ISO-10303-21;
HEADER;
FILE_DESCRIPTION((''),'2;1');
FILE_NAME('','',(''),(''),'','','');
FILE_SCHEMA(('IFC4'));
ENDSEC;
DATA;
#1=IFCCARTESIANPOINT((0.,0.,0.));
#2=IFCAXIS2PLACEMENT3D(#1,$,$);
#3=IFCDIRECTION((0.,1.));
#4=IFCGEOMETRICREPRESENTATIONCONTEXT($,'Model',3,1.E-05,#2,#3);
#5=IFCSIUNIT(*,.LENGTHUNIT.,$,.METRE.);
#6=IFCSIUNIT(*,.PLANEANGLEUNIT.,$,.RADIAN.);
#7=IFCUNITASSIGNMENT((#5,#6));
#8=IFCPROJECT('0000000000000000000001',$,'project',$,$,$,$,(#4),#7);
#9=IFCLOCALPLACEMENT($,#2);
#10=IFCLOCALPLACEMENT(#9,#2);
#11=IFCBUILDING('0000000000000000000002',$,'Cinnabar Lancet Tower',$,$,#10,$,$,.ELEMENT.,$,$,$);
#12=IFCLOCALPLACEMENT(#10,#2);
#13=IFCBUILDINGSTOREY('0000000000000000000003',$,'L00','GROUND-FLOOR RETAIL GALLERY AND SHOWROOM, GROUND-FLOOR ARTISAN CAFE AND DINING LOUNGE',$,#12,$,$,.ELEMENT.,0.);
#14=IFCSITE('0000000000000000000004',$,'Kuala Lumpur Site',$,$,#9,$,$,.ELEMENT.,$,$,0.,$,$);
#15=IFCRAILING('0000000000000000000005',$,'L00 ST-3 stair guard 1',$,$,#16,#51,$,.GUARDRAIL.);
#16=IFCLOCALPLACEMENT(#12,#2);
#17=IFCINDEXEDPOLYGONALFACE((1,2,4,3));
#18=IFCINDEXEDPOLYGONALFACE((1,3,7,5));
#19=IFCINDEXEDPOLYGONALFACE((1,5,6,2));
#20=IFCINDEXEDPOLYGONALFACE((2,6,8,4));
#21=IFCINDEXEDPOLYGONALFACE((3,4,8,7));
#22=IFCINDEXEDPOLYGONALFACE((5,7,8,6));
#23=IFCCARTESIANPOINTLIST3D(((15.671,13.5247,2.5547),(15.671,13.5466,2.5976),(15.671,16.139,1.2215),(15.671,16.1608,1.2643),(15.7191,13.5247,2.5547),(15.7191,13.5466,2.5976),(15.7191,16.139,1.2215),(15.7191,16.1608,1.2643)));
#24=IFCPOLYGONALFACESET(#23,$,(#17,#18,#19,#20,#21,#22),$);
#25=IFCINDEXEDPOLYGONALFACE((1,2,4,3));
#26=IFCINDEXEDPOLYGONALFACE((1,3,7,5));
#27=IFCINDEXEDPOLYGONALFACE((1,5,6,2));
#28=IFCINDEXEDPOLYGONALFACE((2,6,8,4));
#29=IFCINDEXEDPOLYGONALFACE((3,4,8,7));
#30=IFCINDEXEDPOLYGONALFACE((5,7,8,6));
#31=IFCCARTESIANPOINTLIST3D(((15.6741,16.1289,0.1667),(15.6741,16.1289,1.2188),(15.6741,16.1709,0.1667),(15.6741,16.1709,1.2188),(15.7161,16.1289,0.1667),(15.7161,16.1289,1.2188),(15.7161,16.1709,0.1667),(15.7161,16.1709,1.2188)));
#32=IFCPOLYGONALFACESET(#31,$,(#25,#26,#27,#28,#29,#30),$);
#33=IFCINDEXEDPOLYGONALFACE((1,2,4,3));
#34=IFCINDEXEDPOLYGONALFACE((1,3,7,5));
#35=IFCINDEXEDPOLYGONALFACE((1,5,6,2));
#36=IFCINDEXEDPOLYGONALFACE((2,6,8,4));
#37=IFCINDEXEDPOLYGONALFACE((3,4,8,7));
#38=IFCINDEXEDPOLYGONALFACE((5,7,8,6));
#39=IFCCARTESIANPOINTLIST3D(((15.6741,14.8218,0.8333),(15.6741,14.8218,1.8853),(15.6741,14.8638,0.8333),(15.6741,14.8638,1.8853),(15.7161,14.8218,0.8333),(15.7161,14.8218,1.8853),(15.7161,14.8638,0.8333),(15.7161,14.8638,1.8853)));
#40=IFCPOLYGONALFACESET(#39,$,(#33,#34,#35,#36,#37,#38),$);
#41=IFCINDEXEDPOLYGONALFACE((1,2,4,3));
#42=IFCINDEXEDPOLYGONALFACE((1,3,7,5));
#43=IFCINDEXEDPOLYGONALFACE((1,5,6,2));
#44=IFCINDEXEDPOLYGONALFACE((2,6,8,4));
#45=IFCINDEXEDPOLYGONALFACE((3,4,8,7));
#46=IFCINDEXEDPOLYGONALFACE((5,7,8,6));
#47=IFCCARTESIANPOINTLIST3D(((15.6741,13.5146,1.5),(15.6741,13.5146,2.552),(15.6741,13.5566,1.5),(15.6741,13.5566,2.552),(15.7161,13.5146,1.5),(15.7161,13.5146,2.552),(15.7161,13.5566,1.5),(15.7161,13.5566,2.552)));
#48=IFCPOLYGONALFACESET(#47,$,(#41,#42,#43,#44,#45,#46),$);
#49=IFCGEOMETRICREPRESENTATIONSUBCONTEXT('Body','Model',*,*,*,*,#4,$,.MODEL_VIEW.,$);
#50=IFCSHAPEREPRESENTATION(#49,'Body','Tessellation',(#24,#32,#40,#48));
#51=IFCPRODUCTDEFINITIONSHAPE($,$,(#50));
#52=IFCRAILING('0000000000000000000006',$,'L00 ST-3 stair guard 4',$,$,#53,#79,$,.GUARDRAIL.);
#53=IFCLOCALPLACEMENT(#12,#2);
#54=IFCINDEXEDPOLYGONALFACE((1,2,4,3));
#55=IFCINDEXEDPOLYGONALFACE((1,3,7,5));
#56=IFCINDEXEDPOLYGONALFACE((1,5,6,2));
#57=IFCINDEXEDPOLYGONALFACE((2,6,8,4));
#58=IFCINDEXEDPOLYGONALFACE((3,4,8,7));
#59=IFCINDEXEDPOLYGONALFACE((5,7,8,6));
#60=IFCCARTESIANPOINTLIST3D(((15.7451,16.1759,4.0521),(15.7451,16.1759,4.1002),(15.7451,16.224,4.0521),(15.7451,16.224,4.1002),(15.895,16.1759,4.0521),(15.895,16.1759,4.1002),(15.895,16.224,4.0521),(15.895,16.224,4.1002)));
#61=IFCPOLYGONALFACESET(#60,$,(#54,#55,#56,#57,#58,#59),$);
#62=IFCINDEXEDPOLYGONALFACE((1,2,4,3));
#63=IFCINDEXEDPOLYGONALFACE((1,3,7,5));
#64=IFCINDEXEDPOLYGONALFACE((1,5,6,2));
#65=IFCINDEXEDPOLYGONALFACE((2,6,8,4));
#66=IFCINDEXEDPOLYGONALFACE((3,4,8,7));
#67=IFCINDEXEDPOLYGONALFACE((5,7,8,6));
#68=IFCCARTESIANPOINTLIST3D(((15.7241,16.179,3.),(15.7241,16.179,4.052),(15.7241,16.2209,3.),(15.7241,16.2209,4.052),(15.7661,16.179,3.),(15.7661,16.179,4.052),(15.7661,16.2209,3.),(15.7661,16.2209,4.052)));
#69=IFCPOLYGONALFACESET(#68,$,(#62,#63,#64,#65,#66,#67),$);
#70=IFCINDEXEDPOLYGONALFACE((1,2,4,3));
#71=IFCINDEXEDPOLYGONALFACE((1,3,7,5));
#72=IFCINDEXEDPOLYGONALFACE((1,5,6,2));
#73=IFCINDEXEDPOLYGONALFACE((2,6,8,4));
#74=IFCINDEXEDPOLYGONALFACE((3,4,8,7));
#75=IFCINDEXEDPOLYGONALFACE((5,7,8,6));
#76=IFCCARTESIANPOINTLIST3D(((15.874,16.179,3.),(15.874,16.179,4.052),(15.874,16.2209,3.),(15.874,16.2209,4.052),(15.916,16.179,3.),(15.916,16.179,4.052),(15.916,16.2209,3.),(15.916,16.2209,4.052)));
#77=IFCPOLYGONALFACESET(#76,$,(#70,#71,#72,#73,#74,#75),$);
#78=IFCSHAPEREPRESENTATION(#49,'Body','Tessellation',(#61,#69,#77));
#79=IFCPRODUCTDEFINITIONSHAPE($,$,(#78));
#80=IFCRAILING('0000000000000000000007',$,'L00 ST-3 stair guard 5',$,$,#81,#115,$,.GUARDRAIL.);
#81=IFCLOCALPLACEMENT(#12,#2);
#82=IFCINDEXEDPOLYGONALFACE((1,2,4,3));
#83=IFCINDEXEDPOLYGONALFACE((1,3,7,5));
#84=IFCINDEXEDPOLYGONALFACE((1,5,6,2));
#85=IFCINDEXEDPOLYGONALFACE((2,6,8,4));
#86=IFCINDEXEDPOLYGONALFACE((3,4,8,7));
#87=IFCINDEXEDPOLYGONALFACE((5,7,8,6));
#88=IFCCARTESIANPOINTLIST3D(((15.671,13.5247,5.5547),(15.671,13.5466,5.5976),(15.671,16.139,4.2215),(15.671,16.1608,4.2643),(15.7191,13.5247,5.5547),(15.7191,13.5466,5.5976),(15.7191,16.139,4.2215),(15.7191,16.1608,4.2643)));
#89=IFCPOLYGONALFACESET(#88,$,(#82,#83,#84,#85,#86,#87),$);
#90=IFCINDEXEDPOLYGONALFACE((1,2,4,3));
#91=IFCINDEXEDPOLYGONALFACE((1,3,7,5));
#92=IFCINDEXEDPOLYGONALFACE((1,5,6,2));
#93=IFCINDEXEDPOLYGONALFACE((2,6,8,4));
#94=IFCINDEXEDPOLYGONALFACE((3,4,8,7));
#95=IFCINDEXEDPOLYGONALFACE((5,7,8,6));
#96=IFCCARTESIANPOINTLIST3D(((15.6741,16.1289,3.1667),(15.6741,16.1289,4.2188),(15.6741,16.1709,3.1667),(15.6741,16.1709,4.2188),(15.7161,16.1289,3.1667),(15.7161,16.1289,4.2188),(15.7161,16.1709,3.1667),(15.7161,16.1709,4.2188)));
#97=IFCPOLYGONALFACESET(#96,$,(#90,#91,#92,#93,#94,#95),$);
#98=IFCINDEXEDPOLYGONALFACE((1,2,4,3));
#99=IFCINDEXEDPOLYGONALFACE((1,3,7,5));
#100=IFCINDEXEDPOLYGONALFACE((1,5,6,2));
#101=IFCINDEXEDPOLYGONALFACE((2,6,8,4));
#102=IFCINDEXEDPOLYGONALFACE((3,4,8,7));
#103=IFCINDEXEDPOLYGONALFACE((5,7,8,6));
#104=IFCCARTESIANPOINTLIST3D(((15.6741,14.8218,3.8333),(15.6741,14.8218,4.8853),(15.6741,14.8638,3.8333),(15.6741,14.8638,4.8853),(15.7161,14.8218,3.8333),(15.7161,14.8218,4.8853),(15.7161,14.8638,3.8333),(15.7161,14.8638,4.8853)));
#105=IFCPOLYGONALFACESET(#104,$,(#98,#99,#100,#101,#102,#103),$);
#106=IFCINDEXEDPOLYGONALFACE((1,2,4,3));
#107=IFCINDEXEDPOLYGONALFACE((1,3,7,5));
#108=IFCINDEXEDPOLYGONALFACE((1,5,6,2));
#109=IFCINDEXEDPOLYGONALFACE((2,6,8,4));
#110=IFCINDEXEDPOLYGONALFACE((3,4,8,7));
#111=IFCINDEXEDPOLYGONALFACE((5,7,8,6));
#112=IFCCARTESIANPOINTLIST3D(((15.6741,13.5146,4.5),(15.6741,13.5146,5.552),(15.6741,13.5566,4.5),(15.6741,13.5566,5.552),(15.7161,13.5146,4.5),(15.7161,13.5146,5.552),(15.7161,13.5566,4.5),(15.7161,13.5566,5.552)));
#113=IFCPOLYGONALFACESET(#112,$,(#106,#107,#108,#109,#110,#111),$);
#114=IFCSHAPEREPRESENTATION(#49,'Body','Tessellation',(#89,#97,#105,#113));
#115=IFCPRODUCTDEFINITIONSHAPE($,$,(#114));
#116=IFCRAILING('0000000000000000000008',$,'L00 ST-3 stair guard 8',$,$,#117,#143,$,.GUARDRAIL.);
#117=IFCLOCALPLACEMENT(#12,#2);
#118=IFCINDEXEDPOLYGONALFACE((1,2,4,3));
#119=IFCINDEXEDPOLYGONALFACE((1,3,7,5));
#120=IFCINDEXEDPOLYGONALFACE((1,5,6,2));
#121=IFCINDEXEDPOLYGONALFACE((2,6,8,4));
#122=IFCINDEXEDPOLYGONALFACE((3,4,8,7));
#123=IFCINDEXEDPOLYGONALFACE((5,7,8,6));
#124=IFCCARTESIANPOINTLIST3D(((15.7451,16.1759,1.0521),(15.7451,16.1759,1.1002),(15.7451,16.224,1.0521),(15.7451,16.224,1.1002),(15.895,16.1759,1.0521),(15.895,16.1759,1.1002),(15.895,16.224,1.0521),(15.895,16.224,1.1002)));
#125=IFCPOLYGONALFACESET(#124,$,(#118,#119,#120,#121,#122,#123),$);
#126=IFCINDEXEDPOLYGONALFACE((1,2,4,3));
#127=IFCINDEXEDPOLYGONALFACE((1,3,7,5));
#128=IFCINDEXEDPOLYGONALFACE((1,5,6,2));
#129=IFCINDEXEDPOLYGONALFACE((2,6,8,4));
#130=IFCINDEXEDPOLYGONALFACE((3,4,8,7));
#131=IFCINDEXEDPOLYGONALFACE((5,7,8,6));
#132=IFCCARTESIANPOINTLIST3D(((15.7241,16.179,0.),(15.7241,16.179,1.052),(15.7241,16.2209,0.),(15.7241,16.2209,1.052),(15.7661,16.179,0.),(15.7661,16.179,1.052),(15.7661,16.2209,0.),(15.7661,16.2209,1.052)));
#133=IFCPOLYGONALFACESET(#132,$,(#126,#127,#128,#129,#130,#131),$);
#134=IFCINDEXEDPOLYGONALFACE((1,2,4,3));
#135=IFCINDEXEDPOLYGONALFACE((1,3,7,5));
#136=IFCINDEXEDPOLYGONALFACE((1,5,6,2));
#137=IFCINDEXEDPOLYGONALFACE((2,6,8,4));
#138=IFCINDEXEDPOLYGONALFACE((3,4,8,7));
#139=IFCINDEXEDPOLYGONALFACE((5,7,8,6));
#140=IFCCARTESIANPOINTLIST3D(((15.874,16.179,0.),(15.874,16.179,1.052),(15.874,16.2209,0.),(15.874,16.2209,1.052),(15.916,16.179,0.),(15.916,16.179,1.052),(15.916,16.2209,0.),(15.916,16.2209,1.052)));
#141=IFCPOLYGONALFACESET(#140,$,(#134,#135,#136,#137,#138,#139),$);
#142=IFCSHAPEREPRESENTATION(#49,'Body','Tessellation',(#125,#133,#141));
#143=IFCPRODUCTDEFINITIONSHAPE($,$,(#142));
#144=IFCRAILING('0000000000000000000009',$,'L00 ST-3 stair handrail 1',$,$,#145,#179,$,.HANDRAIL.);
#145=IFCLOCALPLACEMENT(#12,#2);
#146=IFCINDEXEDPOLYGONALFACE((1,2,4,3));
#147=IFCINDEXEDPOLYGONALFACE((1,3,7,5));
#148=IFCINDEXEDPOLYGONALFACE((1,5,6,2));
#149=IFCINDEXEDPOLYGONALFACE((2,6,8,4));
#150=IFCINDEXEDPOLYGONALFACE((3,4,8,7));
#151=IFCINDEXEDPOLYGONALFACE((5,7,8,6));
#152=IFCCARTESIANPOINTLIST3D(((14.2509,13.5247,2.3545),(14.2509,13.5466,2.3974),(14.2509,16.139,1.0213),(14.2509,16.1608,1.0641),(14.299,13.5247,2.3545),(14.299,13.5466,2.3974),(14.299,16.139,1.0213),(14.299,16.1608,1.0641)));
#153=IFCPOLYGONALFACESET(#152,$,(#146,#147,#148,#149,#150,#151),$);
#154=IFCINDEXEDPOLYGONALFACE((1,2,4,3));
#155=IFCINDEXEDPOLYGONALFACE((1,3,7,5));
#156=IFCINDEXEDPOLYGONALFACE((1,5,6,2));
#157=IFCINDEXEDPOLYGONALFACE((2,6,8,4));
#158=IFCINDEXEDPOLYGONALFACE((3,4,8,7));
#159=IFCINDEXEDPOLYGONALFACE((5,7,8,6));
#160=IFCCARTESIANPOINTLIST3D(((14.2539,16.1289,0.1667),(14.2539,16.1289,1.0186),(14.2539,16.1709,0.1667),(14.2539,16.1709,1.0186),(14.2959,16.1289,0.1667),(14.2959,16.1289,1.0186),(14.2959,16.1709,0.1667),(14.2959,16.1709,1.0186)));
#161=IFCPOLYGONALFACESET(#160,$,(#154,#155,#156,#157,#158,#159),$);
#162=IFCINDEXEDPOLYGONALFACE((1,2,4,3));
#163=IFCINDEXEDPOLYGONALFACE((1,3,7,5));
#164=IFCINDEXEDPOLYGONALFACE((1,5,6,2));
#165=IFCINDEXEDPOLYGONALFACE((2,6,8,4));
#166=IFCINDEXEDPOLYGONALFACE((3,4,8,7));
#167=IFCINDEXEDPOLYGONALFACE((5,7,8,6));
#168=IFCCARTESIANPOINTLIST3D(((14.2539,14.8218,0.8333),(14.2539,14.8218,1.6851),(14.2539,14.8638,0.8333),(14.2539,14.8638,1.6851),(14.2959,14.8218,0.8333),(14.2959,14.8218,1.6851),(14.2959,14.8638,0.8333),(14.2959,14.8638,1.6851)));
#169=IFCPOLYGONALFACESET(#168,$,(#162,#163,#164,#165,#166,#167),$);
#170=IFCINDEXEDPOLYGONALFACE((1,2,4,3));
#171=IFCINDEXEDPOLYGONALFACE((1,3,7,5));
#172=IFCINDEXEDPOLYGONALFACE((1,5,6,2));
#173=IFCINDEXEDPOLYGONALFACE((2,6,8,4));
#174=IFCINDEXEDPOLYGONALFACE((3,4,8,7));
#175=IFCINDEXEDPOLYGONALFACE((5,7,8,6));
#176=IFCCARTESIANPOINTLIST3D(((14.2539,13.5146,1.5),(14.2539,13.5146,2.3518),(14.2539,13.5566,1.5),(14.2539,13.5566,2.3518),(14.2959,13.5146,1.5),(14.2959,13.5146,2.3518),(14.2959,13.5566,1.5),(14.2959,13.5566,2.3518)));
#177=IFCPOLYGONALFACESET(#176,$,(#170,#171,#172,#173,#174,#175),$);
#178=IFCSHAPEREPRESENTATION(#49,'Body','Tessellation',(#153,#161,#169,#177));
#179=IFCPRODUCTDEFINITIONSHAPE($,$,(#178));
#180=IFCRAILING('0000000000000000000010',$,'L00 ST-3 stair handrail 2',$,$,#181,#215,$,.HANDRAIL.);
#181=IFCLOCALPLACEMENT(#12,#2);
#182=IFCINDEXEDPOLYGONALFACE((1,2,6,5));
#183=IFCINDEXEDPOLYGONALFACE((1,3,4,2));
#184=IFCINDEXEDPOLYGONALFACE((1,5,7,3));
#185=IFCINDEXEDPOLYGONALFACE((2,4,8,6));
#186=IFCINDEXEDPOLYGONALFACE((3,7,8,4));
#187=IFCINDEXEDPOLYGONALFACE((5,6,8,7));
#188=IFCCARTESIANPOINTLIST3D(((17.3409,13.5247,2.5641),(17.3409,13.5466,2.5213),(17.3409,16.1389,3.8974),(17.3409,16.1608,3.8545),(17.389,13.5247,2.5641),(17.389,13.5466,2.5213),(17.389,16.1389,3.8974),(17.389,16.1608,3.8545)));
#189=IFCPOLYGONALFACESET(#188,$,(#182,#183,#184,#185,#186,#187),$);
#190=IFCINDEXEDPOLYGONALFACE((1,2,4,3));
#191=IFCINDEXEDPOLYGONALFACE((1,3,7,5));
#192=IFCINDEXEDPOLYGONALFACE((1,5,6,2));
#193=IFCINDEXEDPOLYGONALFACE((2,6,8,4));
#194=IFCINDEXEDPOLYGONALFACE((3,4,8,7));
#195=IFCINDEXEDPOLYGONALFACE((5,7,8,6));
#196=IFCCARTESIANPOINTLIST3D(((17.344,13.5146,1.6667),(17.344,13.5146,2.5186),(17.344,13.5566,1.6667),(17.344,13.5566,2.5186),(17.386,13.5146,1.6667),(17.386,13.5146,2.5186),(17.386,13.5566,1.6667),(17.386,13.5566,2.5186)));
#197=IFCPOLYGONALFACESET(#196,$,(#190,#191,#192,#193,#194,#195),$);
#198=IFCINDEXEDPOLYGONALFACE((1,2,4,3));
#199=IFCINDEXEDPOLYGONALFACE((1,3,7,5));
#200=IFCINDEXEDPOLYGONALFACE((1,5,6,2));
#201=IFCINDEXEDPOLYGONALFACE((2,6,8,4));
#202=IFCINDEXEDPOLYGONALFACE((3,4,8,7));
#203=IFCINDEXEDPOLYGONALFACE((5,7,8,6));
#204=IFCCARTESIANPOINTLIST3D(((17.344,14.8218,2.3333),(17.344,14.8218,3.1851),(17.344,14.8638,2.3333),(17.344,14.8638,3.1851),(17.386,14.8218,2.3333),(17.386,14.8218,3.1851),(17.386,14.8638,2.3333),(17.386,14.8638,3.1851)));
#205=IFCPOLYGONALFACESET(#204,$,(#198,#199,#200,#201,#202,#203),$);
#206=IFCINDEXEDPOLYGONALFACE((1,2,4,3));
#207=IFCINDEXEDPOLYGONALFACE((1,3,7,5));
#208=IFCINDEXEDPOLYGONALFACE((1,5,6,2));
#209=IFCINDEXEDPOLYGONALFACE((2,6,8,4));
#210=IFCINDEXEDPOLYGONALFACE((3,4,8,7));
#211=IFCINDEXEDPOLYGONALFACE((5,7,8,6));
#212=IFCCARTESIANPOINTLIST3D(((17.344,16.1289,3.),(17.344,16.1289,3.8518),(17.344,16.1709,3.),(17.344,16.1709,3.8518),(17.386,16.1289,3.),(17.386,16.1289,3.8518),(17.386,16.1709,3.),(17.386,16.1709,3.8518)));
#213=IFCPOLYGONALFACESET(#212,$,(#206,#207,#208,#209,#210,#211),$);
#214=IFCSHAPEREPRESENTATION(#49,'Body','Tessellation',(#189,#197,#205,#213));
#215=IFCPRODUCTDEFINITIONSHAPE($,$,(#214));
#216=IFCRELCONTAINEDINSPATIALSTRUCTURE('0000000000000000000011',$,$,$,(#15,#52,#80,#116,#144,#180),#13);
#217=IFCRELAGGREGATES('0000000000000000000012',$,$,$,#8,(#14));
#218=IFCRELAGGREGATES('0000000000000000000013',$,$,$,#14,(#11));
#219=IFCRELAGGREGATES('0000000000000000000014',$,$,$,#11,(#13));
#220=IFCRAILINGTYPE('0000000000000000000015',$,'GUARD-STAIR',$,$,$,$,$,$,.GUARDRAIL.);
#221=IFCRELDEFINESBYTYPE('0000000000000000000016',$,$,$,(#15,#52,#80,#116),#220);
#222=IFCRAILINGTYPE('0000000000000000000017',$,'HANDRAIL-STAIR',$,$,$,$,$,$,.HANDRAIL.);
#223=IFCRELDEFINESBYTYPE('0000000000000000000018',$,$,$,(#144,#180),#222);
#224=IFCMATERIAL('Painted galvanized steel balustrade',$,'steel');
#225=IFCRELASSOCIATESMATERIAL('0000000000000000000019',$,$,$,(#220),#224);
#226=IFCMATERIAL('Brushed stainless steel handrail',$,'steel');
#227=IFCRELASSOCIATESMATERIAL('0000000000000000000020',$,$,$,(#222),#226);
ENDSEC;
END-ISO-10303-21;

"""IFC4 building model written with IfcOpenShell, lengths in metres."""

from ifc_helpers import new_model, si_unit, direction, frame, origin, origin_2d, place, context, subcontext, project, spatial, rectangle, extrude, material, type_object, element, save


model = new_model("IFC4")

# Units and contexts
model_context = context("Model", 3, precision=1e-05, world=origin(), true_north=direction((0.0, 1.0)))
body_context = subcontext(model_context, "Body", "Model", "MODEL_VIEW")
ifc_project = project(units=[si_unit("LENGTHUNIT", "METRE"), si_unit("PLANEANGLEUNIT", "RADIAN")], contexts=[model_context])

# Site, building, storey
site_placement = place(None, origin())
site = spatial("IfcSite", under=ifc_project, at=site_placement, Name="Kuala Lumpur Site", CompositionType="ELEMENT", RefElevation=0.0)
building_placement = place(site_placement, origin())
building = spatial("IfcBuilding", under=site, at=building_placement, Name="Cinnabar Lancet Tower", CompositionType="ELEMENT")
storey_placement = place(building_placement, origin())
storey = spatial("IfcBuildingStorey", under=building, at=storey_placement, Name="L00", Description="GROUND-FLOOR RETAIL GALLERY AND SHOWROOM, GROUND-FLOOR ARTISAN CAFE AND DINING LOUNGE", CompositionType="ELEMENT", Elevation=0.0)

# Railings
ifc_material_1 = material(Name="Painted galvanized steel balustrade", Category="steel")
railing_type_1 = type_object("IfcRailingType", Name="GUARD-STAIR", PredefinedType="GUARDRAIL", material=ifc_material_1)
railing_1_placement = place(storey_placement, frame((15.6951, 16.1499, 0.1667)))
element("IfcRailing", 1, at=railing_1_placement, inside=storey, type_object=railing_type_1, Name="L00 ST-3 stair guard 1", PredefinedType="GUARDRAIL", context=body_context, shape_type="SweptSolid", body=[
    extrude(rectangle(XDim=0.0481, YDim=0.0481, at=origin_2d()), frame((0.0, 0.0, 1.0762), z_axis=(0.0, -0.890838, 0.454321), x_axis=(1.0, 0.0, 0.0)), (0.0, 0.0, 1.0), 2.9346),
    extrude(rectangle(XDim=0.042, YDim=0.042, at=origin_2d()), origin(), (0.0, 0.0, 1.0), 1.052),
    extrude(rectangle(XDim=0.042, YDim=0.042, at=origin_2d()), frame((0.0, -1.3071, 0.6665)), (0.0, 0.0, 1.0), 1.052),
    extrude(rectangle(XDim=0.042, YDim=0.042, at=origin_2d()), frame((0.0, -2.6143, 1.3333)), (0.0, 0.0, 1.0), 1.052),
])
railing_2_placement = place(storey_placement, frame((15.7451, 16.2, 3.0)))
element("IfcRailing", 2, at=railing_2_placement, inside=storey, type_object=railing_type_1, Name="L00 ST-3 stair guard 4", PredefinedType="GUARDRAIL", context=body_context, shape_type="SweptSolid", body=[
    extrude(rectangle(XDim=0.0481, YDim=0.0481, at=origin_2d()), frame((0.0, 0.0, 1.0762), z_axis=(1.0, 0.0, 0.0), x_axis=(0.0, 1.0, 0.0)), (0.0, 0.0, 1.0), 0.1499),
    extrude(rectangle(XDim=0.042, YDim=0.042, at=origin_2d()), origin(), (0.0, 0.0, 1.0), 1.052),
    extrude(rectangle(XDim=0.042, YDim=0.042, at=origin_2d()), frame((0.1499, 0.0, 0.0)), (0.0, 0.0, 1.0), 1.052),
])
railing_3_placement = place(storey_placement, frame((15.6951, 16.1499, 3.1667)))
element("IfcRailing", 3, at=railing_3_placement, inside=storey, type_object=railing_type_1, Name="L00 ST-3 stair guard 5", PredefinedType="GUARDRAIL", context=body_context, shape_type="SweptSolid", body=[
    extrude(rectangle(XDim=0.0481, YDim=0.0481, at=origin_2d()), frame((0.0, 0.0, 1.0762), z_axis=(0.0, -0.890838, 0.454321), x_axis=(1.0, 0.0, 0.0)), (0.0, 0.0, 1.0), 2.9346),
    extrude(rectangle(XDim=0.042, YDim=0.042, at=origin_2d()), origin(), (0.0, 0.0, 1.0), 1.052),
    extrude(rectangle(XDim=0.042, YDim=0.042, at=origin_2d()), frame((0.0, -1.3071, 0.6665)), (0.0, 0.0, 1.0), 1.052),
    extrude(rectangle(XDim=0.042, YDim=0.042, at=origin_2d()), frame((0.0, -2.6143, 1.3333)), (0.0, 0.0, 1.0), 1.052),
])
railing_4_placement = place(storey_placement, frame((15.7451, 16.2, 0.0)))
element("IfcRailing", 4, at=railing_4_placement, inside=storey, type_object=railing_type_1, Name="L00 ST-3 stair guard 8", PredefinedType="GUARDRAIL", context=body_context, shape_type="SweptSolid", body=[
    extrude(rectangle(XDim=0.0481, YDim=0.0481, at=origin_2d()), frame((0.0, 0.0, 1.0762), z_axis=(1.0, 0.0, 0.0), x_axis=(0.0, 1.0, 0.0)), (0.0, 0.0, 1.0), 0.1499),
    extrude(rectangle(XDim=0.042, YDim=0.042, at=origin_2d()), origin(), (0.0, 0.0, 1.0), 1.052),
    extrude(rectangle(XDim=0.042, YDim=0.042, at=origin_2d()), frame((0.1499, 0.0, 0.0)), (0.0, 0.0, 1.0), 1.052),
])
ifc_material_2 = material(Name="Brushed stainless steel handrail", Category="steel")
railing_type_2 = type_object("IfcRailingType", Name="HANDRAIL-STAIR", PredefinedType="HANDRAIL", material=ifc_material_2)
railing_5_placement = place(storey_placement, frame((14.2749, 16.1499, 0.1667)))
element("IfcRailing", 5, at=railing_5_placement, inside=storey, type_object=railing_type_2, Name="L00 ST-3 stair handrail 1", PredefinedType="HANDRAIL", context=body_context, shape_type="SweptSolid", body=[
    extrude(rectangle(XDim=0.0481, YDim=0.0481, at=origin_2d()), frame((0.0, 0.0, 0.876), z_axis=(0.0, -0.890838, 0.454321), x_axis=(1.0, 0.0, 0.0)), (0.0, 0.0, 1.0), 2.9346),
    extrude(rectangle(XDim=0.042, YDim=0.042, at=origin_2d()), origin(), (0.0, 0.0, 1.0), 0.8518),
    extrude(rectangle(XDim=0.042, YDim=0.042, at=origin_2d()), frame((0.0, -1.3071, 0.6665)), (0.0, 0.0, 1.0), 0.8518),
    extrude(rectangle(XDim=0.042, YDim=0.042, at=origin_2d()), frame((0.0, -2.6143, 1.3333)), (0.0, 0.0, 1.0), 0.8518),
])
railing_6_placement = place(storey_placement, frame((17.365, 13.5356, 1.6667)))
element("IfcRailing", 6, at=railing_6_placement, inside=storey, type_object=railing_type_2, Name="L00 ST-3 stair handrail 2", PredefinedType="HANDRAIL", context=body_context, shape_type="SweptSolid", body=[
    extrude(rectangle(XDim=0.0481, YDim=0.0481, at=origin_2d()), frame((0.0, 0.0, 0.876), z_axis=(0.0, 0.890838, 0.454321), x_axis=(-1.0, 0.0, 0.0)), (0.0, 0.0, 1.0), 2.9346),
    extrude(rectangle(XDim=0.042, YDim=0.042, at=origin_2d()), origin(), (0.0, 0.0, 1.0), 0.8518),
    extrude(rectangle(XDim=0.042, YDim=0.042, at=origin_2d()), frame((0.0, 1.3071, 0.6665)), (0.0, 0.0, 1.0), 0.8518),
    extrude(rectangle(XDim=0.042, YDim=0.042, at=origin_2d()), frame((0.0, 2.6143, 1.3333)), (0.0, 0.0, 1.0), 0.8518),
])

save(model, "model.ifc")
